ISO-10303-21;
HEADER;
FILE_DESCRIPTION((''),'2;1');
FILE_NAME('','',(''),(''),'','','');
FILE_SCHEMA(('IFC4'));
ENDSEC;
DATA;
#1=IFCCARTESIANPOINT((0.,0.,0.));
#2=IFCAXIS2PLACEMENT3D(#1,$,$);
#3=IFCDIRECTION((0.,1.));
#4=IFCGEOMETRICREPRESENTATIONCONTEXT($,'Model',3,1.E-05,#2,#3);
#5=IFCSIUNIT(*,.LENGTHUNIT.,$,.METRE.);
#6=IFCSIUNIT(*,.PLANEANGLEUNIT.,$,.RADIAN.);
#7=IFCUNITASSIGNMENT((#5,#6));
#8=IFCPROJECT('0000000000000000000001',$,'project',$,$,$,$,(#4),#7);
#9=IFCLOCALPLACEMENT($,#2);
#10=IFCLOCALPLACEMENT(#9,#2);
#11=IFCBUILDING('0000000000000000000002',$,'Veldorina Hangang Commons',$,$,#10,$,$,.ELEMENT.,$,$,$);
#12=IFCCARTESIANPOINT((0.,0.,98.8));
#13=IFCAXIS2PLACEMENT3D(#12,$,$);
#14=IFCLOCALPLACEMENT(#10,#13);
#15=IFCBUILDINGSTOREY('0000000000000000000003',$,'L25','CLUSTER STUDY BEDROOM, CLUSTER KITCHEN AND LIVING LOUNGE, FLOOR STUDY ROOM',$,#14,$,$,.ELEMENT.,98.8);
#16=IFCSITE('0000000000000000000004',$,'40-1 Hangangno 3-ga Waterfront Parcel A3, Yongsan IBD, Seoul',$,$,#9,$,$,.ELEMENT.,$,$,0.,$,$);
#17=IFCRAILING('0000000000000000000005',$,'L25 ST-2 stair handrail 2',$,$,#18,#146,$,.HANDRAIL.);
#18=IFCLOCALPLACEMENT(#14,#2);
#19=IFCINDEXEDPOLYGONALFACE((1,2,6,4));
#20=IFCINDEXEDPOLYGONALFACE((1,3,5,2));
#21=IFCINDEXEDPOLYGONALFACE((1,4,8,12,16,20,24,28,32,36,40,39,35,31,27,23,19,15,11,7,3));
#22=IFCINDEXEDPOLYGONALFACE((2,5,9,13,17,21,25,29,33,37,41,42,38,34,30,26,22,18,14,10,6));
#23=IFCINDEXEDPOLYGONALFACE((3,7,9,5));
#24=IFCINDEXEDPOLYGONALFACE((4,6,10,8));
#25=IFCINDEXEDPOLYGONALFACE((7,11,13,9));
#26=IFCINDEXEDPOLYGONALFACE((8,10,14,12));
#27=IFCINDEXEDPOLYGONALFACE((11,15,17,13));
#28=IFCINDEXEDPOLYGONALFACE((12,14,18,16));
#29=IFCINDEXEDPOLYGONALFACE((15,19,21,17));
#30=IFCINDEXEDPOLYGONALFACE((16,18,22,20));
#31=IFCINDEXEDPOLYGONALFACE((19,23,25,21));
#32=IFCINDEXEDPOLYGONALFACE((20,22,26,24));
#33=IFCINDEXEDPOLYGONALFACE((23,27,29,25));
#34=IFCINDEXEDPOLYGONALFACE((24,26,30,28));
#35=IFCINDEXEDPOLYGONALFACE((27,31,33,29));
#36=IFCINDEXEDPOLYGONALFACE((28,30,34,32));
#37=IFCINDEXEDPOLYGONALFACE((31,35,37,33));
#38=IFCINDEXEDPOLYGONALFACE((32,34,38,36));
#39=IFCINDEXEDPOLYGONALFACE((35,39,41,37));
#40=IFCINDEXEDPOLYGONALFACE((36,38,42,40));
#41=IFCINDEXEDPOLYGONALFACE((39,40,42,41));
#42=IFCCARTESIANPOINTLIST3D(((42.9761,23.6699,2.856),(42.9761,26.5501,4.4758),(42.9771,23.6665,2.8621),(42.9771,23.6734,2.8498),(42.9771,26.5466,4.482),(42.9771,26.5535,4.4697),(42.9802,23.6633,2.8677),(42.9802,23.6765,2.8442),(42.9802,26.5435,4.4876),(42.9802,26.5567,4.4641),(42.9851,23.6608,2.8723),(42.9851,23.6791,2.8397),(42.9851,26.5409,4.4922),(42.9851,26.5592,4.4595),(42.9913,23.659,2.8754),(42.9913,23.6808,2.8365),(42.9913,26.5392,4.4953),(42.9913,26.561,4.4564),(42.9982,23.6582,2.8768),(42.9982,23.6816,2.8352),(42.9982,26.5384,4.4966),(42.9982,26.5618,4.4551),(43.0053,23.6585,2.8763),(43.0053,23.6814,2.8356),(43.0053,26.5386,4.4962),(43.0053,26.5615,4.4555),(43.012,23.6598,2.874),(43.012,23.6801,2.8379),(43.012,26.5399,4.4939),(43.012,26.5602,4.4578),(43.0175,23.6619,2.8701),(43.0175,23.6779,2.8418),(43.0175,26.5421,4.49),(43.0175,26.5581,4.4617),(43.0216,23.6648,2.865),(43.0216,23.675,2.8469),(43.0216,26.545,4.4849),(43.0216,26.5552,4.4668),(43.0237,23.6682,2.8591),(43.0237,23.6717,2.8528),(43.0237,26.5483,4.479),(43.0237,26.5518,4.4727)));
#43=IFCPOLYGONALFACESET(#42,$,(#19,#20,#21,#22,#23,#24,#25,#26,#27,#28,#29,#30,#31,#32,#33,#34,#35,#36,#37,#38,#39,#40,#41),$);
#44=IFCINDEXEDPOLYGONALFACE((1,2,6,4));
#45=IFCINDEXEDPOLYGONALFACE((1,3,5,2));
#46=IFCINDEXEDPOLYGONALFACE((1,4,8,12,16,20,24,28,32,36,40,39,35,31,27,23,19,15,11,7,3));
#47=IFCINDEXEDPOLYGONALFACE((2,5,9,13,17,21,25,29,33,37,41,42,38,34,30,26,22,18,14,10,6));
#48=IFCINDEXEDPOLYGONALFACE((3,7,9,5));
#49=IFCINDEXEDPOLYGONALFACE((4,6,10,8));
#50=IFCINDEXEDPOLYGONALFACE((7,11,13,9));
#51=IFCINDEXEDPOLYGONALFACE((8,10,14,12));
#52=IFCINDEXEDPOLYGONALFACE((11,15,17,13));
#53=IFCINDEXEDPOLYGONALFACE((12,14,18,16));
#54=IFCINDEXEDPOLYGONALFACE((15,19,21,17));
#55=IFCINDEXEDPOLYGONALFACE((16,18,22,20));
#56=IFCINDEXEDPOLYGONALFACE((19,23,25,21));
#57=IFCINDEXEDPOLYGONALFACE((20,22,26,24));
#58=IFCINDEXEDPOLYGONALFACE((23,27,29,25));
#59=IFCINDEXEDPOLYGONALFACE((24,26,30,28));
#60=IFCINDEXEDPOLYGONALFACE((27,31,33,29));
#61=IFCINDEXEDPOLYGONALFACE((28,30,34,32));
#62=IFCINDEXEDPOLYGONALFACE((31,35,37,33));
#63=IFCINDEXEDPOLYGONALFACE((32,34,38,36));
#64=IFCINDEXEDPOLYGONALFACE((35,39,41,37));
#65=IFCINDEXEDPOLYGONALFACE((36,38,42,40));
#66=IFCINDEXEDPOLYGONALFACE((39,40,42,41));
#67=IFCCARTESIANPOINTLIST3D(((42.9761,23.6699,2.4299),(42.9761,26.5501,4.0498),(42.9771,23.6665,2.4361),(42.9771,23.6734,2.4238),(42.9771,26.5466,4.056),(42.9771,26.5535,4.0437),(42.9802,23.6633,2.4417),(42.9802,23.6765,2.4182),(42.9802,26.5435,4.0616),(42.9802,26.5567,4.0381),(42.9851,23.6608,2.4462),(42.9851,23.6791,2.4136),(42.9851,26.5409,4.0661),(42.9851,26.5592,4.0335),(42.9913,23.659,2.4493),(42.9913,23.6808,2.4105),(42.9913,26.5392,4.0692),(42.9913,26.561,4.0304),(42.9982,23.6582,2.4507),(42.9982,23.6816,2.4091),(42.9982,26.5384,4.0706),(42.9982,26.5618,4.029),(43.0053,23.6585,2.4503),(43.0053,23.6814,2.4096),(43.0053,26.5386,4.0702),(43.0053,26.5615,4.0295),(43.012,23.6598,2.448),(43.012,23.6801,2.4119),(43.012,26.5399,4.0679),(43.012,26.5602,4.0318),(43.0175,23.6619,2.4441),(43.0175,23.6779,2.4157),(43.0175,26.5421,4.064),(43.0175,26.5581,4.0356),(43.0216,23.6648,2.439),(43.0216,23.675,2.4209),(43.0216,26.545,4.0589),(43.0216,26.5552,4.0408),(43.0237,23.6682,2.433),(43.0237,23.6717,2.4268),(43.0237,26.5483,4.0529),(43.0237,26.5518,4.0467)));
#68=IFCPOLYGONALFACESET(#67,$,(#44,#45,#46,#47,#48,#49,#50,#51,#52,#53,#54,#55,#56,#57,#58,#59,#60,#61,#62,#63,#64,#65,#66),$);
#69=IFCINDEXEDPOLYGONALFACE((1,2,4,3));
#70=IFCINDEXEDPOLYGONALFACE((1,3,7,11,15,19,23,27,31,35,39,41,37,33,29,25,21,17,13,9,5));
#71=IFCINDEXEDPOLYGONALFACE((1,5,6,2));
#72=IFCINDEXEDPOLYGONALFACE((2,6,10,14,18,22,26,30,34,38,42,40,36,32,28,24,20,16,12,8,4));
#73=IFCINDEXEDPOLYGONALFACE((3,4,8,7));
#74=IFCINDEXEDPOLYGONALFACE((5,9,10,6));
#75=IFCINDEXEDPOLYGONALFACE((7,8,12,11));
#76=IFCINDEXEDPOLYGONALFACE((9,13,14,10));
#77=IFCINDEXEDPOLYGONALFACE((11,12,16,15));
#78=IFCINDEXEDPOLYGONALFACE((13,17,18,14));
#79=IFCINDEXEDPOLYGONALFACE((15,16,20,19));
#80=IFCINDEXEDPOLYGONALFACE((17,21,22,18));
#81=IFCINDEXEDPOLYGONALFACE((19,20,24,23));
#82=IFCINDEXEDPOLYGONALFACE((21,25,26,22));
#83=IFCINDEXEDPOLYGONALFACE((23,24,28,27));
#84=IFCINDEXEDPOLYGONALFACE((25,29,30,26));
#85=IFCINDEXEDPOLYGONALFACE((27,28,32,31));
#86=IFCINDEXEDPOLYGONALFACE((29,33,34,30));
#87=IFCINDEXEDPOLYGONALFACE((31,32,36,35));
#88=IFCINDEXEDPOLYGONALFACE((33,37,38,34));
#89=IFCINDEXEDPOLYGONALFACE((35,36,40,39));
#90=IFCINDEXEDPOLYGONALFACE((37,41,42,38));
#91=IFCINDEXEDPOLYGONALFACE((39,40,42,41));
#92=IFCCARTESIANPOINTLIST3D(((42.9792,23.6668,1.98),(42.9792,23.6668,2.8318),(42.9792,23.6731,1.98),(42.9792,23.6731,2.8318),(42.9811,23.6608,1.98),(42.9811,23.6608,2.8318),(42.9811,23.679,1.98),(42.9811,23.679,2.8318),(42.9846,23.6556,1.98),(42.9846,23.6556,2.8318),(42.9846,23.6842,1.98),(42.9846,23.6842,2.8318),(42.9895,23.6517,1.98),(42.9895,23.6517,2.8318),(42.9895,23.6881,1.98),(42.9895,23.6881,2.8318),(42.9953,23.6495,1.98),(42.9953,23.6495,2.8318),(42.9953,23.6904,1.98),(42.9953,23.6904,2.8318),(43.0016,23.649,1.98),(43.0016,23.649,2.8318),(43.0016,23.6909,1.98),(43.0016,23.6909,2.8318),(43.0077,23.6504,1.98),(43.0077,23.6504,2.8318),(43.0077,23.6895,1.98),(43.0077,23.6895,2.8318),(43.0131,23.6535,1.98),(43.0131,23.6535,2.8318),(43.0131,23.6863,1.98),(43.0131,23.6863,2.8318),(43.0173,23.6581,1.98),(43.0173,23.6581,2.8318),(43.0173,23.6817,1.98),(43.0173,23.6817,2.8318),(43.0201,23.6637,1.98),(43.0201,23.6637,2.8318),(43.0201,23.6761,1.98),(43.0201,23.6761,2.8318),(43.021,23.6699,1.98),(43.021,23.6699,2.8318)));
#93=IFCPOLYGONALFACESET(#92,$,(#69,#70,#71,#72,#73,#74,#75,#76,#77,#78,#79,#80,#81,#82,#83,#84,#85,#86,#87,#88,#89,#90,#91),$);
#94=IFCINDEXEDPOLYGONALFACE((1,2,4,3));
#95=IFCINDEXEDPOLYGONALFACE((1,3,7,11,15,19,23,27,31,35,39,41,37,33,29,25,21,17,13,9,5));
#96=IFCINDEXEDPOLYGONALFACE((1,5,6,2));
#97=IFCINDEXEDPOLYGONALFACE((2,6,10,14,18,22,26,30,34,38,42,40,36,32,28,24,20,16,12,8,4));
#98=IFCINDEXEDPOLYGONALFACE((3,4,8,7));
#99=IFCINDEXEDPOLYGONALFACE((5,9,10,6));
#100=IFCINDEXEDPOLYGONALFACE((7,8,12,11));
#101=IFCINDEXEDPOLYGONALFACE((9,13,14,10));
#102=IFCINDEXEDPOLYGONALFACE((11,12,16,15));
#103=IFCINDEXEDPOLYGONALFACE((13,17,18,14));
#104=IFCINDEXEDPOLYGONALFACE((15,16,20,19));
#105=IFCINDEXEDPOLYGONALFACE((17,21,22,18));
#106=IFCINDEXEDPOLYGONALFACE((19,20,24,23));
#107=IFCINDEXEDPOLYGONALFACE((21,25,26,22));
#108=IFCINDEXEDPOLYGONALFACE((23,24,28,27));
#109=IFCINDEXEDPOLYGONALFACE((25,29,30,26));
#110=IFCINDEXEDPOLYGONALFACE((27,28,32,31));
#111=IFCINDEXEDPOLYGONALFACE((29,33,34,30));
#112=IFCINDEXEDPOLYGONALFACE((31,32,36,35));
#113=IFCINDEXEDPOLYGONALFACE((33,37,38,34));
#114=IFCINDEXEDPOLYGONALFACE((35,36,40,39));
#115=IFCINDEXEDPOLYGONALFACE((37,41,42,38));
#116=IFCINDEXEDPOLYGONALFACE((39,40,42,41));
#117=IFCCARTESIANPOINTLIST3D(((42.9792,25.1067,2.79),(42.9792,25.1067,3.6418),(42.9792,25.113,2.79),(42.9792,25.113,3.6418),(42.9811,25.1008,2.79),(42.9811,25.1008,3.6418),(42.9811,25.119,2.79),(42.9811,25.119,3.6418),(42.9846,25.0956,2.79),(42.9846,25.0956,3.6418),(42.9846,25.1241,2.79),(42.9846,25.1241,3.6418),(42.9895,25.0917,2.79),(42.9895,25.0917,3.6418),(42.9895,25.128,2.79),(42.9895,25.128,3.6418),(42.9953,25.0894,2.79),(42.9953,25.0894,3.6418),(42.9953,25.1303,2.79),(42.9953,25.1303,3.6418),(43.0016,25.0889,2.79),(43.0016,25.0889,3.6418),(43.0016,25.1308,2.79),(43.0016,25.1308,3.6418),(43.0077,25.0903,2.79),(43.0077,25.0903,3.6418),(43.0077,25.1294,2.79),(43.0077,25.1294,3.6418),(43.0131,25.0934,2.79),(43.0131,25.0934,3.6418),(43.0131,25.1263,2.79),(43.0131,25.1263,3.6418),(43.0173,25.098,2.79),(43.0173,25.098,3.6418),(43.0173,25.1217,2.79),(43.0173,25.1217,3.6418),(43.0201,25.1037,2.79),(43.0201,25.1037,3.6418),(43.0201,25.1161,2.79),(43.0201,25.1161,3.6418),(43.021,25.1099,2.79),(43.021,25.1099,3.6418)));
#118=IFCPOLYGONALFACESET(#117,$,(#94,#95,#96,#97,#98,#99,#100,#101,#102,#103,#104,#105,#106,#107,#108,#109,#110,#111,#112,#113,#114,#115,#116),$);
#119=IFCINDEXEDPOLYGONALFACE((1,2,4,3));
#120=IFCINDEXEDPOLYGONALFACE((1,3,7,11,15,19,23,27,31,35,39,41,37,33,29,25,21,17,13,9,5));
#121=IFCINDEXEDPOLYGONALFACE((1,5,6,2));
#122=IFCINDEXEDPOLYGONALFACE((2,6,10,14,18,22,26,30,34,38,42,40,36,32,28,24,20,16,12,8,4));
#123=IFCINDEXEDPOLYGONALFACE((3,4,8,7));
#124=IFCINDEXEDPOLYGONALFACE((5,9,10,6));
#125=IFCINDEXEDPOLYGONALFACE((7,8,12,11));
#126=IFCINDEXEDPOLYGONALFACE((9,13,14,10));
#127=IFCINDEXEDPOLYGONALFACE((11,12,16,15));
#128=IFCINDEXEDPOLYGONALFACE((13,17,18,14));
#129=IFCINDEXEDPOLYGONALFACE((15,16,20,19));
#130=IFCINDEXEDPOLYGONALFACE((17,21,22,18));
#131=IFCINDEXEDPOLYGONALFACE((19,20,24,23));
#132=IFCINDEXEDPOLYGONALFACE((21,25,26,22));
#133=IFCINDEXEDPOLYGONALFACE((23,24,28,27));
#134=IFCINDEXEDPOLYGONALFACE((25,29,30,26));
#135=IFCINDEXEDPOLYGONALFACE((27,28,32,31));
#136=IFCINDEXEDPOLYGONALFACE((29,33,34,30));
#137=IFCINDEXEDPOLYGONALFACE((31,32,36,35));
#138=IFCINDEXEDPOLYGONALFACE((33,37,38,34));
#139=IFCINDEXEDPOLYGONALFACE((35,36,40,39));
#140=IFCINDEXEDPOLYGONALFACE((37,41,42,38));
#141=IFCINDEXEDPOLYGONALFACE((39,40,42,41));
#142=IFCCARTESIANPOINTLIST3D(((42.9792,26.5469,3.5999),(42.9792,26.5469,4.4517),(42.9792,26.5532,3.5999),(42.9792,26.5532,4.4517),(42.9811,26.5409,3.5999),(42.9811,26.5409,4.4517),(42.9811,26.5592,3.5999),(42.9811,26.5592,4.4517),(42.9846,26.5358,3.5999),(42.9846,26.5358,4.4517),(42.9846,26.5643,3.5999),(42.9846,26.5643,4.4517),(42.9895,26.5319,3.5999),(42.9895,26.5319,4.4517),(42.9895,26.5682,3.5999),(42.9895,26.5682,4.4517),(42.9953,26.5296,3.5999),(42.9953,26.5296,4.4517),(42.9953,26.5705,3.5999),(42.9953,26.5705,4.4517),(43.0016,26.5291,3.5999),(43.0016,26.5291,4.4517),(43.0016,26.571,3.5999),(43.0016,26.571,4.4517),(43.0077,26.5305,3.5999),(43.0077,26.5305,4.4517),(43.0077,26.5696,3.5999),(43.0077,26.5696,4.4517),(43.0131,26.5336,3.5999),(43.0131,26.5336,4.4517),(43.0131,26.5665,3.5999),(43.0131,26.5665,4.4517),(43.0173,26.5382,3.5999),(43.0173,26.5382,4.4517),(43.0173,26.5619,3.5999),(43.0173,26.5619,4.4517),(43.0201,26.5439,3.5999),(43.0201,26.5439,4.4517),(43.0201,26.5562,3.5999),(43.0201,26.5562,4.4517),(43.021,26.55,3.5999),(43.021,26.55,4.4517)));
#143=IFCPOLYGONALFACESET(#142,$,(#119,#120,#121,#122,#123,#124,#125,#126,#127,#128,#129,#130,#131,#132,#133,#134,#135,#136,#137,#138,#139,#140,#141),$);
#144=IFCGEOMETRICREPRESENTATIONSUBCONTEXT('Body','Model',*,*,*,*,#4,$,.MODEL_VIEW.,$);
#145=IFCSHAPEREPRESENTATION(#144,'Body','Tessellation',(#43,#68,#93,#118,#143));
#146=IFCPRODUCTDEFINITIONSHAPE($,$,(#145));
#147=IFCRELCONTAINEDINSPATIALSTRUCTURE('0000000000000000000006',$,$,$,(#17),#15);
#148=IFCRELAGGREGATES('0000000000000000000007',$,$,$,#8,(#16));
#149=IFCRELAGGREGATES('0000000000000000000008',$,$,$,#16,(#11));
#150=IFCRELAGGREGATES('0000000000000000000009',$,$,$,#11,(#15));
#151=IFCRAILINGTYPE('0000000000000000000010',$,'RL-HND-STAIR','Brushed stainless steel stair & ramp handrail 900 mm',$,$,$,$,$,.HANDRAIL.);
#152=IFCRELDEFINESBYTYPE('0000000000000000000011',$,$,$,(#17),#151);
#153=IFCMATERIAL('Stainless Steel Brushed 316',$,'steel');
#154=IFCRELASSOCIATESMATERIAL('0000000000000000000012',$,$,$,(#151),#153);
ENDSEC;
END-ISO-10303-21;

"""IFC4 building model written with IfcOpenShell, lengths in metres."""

from ifc_helpers import new_model, si_unit, direction, frame, origin, origin_2d, place, context, subcontext, project, spatial, circle, extrude, material, type_object, element, save


model = new_model("IFC4")

# Units and contexts
model_context = context("Model", 3, precision=1e-05, world=origin(), true_north=direction((0.0, 1.0)))
body_context = subcontext(model_context, "Body", "Model", "MODEL_VIEW")
ifc_project = project(units=[si_unit("LENGTHUNIT", "METRE"), si_unit("PLANEANGLEUNIT", "RADIAN")], contexts=[model_context])

# Site, building, storey
site_placement = place(None, origin())
site = spatial("IfcSite", under=ifc_project, at=site_placement, Name="40-1 Hangangno 3-ga Waterfront Parcel A3, Yongsan IBD, Seoul", CompositionType="ELEMENT", RefElevation=0.0)
building_placement = place(site_placement, origin())
building = spatial("IfcBuilding", under=site, at=building_placement, Name="Veldorina Hangang Commons", CompositionType="ELEMENT")
storey_placement = place(building_placement, frame((0.0, 0.0, 98.8)))
storey = spatial("IfcBuildingStorey", under=building, at=storey_placement, Name="L25", Description="CLUSTER STUDY BEDROOM, CLUSTER KITCHEN AND LIVING LOUNGE, FLOOR STUDY ROOM", CompositionType="ELEMENT", Elevation=98.8)

# Railing
ifc_material_1 = material(Name="Stainless Steel Brushed 316", Category="steel")
railing_type_1 = type_object("IfcRailingType", Name="RL-HND-STAIR", Description="Brushed stainless steel stair & ramp handrail 900 mm", PredefinedType="HANDRAIL", material=ifc_material_1)
railing_1_placement = place(storey_placement, frame((43.0, 23.6699, 1.98)))
element("IfcRailing", 1, at=railing_1_placement, inside=storey, type_object=railing_type_1, Name="L25 ST-2 stair handrail 2", PredefinedType="HANDRAIL", context=body_context, shape_type="SweptSolid", body=[
    extrude(circle(Radius=0.0239, at=origin_2d()), frame((0.0, 0.0, 0.876), z_axis=(0.0, 0.871601, 0.490216), x_axis=(-1.0, 0.0, 0.0)), (0.0, 0.0, 1.0), 3.3044),
    extrude(circle(Radius=0.0239, at=origin_2d()), frame((0.0, 0.0, 0.45), z_axis=(0.0, 0.871601, 0.490216), x_axis=(-1.0, 0.0, 0.0)), (0.0, 0.0, 1.0), 3.3044),
    extrude(circle(Radius=0.021, at=origin_2d()), origin(), (0.0, 0.0, 1.0), 0.8518),
    extrude(circle(Radius=0.021, at=origin_2d()), frame((0.0, 1.4399, 0.8101)), (0.0, 0.0, 1.0), 0.8518),
    extrude(circle(Radius=0.021, at=origin_2d()), frame((0.0, 2.8801, 1.6199)), (0.0, 0.0, 1.0), 0.8518),
])

save(model, "model.ifc")
